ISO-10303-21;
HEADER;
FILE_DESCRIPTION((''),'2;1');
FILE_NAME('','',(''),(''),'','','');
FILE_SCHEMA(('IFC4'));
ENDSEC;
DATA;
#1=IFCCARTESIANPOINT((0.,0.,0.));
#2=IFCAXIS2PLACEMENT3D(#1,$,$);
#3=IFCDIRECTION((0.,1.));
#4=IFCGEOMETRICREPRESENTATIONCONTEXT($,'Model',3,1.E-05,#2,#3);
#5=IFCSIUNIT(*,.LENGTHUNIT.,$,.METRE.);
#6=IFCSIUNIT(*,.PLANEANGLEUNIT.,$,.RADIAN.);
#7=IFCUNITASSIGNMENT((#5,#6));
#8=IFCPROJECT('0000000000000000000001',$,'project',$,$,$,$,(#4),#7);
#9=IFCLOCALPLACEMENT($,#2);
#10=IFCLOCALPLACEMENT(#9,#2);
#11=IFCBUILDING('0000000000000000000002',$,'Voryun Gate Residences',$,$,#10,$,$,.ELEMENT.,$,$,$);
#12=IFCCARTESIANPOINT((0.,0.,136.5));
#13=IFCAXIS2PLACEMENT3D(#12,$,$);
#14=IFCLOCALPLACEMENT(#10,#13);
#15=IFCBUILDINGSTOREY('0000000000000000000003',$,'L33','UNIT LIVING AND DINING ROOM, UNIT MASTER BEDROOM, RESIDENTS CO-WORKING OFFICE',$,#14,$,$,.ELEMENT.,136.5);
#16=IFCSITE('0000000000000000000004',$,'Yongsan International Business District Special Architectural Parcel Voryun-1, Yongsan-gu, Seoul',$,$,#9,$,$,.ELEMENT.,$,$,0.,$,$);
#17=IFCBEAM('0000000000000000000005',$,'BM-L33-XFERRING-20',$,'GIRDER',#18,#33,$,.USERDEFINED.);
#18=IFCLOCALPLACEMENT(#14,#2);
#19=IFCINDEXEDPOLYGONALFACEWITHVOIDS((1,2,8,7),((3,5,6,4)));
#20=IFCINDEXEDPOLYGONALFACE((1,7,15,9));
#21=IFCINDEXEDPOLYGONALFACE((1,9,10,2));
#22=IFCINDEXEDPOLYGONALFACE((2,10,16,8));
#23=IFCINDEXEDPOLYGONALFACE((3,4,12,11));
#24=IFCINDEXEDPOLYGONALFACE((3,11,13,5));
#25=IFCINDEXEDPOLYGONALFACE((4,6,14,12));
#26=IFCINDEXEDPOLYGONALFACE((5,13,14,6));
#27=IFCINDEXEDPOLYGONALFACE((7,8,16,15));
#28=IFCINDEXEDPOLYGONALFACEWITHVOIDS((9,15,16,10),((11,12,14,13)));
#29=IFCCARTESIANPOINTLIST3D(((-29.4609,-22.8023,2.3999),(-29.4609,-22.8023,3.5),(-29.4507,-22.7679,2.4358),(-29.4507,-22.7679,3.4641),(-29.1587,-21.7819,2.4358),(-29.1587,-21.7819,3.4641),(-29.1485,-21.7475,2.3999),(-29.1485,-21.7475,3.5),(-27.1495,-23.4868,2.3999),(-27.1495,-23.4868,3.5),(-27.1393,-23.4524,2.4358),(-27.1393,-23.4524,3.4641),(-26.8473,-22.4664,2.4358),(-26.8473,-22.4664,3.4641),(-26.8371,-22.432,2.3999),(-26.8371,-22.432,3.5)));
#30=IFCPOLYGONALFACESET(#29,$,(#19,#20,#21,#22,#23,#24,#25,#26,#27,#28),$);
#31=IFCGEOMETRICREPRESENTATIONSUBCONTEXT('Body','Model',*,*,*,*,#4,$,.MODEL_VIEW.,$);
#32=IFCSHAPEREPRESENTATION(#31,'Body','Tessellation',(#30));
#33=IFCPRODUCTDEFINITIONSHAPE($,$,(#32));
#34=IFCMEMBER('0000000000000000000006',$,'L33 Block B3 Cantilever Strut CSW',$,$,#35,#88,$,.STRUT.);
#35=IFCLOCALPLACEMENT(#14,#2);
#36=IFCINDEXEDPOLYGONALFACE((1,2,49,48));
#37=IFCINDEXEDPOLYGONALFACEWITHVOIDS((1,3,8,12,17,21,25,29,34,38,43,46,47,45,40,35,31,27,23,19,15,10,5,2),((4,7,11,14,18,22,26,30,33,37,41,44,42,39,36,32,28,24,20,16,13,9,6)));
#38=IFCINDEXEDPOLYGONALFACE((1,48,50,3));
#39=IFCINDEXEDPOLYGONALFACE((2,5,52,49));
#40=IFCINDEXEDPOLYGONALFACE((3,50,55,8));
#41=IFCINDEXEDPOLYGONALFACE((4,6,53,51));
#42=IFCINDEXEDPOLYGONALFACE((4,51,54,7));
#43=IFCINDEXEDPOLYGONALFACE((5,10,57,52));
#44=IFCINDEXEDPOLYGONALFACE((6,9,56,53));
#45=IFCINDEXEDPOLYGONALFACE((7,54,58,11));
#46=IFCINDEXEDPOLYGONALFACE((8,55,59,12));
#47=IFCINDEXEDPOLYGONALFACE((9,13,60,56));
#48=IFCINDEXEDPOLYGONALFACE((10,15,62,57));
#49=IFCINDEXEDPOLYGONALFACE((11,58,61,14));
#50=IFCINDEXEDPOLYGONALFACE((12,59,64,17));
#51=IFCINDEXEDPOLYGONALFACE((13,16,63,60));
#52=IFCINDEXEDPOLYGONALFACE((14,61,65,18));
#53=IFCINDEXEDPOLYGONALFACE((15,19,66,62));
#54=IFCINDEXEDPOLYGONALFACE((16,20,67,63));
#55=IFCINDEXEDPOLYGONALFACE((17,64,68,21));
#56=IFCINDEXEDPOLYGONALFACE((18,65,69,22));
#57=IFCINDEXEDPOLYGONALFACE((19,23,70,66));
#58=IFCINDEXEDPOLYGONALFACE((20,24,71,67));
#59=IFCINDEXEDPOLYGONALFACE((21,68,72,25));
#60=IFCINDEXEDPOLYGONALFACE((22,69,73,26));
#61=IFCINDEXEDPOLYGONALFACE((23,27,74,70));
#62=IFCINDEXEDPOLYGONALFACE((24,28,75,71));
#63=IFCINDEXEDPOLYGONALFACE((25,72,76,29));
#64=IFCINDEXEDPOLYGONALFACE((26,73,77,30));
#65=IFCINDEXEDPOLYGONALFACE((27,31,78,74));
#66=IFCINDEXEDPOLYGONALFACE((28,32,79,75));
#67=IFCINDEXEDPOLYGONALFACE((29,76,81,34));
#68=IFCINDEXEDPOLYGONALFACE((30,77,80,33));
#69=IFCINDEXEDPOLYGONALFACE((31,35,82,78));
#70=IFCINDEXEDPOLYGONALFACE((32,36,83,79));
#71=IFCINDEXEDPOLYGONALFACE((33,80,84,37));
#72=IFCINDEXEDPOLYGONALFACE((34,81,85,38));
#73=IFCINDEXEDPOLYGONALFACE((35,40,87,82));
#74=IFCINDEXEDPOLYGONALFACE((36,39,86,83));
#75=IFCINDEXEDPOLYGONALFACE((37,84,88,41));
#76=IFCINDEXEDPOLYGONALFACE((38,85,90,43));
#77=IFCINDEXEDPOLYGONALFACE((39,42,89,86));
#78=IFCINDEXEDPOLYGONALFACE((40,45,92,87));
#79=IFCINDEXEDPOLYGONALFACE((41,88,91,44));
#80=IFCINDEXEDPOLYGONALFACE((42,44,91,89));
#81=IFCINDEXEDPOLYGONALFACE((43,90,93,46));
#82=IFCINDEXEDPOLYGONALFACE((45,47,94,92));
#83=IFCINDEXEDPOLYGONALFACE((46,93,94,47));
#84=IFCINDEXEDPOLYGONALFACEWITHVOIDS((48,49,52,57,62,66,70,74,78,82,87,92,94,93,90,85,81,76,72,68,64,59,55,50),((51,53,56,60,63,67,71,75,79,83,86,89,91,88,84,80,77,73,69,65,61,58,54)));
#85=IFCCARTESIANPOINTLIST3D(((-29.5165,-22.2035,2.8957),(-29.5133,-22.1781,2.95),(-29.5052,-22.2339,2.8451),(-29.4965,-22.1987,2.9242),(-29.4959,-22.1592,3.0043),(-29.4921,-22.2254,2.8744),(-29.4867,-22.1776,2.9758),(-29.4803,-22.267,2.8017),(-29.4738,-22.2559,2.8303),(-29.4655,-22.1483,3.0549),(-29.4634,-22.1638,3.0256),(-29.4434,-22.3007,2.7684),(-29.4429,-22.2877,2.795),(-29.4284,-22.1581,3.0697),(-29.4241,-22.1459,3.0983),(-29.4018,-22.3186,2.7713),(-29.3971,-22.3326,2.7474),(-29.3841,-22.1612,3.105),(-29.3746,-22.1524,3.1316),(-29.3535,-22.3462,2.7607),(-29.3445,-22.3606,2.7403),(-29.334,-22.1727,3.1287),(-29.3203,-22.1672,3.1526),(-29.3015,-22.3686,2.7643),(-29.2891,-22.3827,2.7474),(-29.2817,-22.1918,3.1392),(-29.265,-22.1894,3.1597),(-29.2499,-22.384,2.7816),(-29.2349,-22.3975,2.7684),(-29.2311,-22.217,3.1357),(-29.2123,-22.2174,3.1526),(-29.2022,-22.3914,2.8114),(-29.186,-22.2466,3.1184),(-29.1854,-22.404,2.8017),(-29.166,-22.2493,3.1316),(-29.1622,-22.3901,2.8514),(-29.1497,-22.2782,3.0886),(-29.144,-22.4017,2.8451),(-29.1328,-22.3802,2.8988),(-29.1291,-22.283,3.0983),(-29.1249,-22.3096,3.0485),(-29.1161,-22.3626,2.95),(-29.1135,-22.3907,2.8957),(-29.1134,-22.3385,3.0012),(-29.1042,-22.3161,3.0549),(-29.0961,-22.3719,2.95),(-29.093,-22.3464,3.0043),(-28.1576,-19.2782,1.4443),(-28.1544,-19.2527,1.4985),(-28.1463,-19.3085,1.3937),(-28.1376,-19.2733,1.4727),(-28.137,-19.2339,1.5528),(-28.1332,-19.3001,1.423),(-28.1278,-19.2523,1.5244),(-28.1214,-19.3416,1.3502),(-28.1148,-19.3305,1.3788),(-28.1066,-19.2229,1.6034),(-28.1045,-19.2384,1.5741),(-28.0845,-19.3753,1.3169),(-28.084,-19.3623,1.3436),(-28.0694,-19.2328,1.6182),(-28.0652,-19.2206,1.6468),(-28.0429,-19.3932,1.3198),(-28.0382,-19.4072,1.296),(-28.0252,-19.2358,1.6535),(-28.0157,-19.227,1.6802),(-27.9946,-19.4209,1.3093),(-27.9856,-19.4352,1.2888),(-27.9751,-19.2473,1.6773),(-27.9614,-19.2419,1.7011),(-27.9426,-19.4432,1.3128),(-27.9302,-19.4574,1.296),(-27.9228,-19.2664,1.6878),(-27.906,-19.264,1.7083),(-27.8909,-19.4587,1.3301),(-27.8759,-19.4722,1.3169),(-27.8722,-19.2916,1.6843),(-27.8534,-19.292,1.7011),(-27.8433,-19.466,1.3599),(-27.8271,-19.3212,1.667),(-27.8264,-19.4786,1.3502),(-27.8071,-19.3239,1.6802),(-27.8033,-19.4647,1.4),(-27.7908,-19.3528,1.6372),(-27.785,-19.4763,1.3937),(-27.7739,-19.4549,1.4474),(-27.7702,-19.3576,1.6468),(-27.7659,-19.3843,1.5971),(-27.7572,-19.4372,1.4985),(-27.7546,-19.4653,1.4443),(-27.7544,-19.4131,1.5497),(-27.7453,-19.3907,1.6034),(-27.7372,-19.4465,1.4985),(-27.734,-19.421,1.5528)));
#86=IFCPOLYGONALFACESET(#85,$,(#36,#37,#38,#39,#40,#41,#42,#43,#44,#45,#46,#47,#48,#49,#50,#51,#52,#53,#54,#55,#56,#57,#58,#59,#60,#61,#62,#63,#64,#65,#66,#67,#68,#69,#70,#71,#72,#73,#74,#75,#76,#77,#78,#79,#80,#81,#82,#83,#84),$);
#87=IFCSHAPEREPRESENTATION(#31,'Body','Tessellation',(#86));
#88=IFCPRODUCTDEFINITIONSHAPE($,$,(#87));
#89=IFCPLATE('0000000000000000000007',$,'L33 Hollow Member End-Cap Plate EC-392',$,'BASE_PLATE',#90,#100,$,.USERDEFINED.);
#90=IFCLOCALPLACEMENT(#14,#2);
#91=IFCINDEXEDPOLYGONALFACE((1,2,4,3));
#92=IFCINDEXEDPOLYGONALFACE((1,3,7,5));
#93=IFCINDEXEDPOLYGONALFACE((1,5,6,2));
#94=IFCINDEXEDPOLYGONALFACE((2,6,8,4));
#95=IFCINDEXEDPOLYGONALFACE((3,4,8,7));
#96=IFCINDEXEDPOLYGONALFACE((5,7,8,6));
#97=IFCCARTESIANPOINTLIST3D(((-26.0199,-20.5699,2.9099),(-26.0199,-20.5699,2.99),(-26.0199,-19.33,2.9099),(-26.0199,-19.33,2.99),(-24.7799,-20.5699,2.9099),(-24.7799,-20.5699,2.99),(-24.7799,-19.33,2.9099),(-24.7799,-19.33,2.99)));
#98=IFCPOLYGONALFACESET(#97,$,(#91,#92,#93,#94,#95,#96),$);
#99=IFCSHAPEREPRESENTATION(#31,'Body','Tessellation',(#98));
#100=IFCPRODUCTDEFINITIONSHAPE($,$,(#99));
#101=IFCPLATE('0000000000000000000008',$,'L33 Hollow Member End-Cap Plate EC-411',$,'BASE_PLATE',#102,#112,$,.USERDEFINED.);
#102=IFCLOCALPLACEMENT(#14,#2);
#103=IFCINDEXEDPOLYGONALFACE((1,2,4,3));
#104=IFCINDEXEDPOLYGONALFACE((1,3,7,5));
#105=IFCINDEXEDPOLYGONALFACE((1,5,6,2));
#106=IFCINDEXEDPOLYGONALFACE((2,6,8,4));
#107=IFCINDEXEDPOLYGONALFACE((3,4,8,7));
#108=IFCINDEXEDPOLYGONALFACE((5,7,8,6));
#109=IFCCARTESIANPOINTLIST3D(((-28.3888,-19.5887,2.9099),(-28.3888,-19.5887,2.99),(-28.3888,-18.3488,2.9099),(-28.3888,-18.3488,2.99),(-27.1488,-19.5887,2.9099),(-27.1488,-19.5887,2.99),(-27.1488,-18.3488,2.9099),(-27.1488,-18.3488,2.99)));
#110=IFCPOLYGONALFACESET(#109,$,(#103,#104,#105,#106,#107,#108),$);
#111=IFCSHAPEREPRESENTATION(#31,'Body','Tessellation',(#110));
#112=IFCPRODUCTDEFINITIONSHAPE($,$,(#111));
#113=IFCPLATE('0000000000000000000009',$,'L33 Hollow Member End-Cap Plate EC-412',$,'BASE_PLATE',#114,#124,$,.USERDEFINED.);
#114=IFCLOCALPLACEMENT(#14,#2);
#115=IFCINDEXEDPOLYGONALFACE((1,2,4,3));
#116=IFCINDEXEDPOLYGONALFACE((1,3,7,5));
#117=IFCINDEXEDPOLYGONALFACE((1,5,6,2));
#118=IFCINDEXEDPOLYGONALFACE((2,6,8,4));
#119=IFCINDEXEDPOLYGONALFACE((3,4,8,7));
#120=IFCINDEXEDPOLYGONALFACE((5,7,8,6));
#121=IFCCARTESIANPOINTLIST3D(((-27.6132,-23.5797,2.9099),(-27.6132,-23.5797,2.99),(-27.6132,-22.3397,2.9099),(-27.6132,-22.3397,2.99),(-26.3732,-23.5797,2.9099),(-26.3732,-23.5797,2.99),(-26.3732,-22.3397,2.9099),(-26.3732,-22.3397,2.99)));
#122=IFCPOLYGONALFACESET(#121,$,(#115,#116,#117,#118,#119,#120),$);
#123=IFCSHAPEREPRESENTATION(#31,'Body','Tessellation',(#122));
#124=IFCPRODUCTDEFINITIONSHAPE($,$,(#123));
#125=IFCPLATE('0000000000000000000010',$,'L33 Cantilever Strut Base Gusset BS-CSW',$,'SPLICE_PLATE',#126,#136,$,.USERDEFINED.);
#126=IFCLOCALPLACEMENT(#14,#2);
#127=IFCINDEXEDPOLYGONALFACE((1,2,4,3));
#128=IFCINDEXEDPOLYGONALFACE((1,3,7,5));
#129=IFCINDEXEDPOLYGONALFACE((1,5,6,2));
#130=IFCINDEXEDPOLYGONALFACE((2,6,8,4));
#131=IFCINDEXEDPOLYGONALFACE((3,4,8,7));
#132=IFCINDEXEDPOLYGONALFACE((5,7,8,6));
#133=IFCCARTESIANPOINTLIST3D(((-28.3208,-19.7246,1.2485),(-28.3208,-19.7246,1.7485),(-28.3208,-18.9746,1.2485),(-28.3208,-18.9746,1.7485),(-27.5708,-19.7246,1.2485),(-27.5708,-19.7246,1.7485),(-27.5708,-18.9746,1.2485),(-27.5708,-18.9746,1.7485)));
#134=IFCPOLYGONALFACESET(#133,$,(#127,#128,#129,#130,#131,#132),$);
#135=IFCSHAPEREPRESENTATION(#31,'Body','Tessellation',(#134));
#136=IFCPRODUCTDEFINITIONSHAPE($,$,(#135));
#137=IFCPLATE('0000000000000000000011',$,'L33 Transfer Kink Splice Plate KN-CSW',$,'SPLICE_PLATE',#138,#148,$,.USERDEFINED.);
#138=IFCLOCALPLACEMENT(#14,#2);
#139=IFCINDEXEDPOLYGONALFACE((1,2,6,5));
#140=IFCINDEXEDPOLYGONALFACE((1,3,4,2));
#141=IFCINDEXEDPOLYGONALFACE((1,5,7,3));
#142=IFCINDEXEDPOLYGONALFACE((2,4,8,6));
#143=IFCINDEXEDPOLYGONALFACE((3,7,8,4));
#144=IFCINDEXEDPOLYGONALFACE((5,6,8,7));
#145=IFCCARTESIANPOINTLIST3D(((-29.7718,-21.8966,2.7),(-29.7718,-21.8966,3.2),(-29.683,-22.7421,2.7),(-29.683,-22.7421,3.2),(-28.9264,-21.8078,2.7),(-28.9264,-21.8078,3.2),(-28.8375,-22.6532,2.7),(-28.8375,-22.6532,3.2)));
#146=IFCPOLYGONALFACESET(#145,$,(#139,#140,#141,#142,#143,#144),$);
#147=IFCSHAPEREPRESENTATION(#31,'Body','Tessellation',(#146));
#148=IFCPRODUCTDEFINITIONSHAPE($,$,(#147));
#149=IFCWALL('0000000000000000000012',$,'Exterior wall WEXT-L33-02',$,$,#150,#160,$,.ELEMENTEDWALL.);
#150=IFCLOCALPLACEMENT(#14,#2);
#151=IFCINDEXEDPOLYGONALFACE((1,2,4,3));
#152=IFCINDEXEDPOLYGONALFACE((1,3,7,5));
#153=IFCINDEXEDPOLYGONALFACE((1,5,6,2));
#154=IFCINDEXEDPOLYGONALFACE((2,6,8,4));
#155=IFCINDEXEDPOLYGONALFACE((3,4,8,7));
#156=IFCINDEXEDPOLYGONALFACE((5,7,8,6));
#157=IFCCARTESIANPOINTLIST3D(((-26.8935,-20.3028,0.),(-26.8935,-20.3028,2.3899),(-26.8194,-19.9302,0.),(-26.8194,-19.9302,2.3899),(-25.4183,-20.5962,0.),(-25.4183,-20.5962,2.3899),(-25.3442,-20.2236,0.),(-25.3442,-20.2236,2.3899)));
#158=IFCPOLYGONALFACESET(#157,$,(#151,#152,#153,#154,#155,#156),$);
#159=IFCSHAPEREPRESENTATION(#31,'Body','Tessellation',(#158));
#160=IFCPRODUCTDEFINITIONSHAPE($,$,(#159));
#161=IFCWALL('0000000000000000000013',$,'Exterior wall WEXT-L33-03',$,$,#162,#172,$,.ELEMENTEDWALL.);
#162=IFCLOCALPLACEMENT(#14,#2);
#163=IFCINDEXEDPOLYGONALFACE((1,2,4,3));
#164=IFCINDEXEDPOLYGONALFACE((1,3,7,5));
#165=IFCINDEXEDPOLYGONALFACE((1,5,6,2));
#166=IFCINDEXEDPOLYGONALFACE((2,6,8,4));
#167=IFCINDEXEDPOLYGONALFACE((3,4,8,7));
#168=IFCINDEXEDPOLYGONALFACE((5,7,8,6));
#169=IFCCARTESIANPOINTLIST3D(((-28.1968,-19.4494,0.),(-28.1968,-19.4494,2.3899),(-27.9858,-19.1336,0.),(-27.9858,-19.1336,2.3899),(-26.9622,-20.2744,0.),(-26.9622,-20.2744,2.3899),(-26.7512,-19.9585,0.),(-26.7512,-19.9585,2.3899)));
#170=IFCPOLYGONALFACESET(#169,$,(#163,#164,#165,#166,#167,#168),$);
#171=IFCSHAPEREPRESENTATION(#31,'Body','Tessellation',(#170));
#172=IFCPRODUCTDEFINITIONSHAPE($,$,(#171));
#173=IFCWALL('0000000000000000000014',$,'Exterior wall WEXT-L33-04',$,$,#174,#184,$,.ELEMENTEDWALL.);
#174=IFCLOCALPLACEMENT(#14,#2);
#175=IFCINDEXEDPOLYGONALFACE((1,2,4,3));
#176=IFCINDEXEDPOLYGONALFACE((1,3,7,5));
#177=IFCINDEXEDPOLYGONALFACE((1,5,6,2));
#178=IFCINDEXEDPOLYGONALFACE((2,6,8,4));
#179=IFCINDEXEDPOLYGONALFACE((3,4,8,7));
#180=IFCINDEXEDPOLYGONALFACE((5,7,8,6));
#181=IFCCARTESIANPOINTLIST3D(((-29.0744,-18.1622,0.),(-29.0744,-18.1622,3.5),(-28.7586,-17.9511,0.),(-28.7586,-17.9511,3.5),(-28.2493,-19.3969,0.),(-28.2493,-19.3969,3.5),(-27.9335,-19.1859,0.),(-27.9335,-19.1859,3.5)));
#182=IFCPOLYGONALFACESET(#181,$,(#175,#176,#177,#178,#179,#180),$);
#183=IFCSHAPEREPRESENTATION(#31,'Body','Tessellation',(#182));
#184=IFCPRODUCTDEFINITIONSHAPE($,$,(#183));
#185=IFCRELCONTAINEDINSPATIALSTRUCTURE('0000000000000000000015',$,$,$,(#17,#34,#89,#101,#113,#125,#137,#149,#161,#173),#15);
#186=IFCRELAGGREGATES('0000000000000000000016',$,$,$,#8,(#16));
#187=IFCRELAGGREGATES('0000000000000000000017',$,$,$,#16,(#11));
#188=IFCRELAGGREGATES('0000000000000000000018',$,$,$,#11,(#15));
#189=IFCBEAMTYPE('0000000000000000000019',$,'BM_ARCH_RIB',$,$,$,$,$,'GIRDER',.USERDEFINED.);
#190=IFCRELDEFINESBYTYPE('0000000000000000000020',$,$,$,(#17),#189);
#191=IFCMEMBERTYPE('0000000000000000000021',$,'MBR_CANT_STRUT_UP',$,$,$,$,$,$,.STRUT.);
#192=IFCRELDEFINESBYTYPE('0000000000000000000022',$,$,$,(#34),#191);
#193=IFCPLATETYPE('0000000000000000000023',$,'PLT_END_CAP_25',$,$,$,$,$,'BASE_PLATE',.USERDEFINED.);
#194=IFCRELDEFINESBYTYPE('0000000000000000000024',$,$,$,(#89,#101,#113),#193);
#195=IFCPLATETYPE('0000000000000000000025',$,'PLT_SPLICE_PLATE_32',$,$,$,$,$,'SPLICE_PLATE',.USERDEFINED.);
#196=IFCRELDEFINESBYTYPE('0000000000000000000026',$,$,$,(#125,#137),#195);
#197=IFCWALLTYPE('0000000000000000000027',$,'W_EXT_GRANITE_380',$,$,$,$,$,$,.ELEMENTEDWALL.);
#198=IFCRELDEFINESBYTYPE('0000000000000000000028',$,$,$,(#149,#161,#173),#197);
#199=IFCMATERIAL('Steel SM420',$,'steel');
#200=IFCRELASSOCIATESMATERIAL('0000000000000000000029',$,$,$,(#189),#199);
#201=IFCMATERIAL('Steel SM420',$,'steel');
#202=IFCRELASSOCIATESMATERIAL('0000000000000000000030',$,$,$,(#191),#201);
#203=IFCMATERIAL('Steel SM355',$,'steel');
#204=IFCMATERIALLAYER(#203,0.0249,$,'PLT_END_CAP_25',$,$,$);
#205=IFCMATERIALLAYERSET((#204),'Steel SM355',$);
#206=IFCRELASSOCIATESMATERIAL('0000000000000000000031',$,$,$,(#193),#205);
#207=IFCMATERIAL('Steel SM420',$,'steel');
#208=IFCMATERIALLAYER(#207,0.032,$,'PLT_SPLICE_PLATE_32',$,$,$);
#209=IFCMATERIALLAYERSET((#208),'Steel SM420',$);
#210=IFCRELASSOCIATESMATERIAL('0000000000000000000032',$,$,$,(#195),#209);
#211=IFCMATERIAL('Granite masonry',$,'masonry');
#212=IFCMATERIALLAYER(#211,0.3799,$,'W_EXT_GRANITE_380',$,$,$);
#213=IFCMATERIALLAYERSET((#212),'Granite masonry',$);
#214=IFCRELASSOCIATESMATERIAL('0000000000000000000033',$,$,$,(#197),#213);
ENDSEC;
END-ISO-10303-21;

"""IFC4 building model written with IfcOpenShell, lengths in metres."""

from ifc_helpers import new_model, si_unit, direction, frame, frame_2d, origin, origin_2d, place, context, subcontext, project, spatial, rectangle, hollow_rectangle, hollow_circle, extrude, material, layer, layer_set, material_profile, profile_set, type_object, element, save


model = new_model("IFC4")

# Units and contexts
model_context = context("Model", 3, precision=1e-05, world=origin(), true_north=direction((0.0, 1.0)))
body_context = subcontext(model_context, "Body", "Model", "MODEL_VIEW")
ifc_project = project(units=[si_unit("LENGTHUNIT", "METRE"), si_unit("PLANEANGLEUNIT", "RADIAN")], contexts=[model_context])

# Site, building, storey
site_placement = place(None, origin())
site = spatial("IfcSite", under=ifc_project, at=site_placement, Name="Yongsan International Business District Special Architectural Parcel Voryun-1, Yongsan-gu, Seoul", CompositionType="ELEMENT", RefElevation=0.0)
building_placement = place(site_placement, origin())
building = spatial("IfcBuilding", under=site, at=building_placement, Name="Voryun Gate Residences", CompositionType="ELEMENT")
storey_placement = place(building_placement, frame((0.0, 0.0, 136.5)))
storey = spatial("IfcBuildingStorey", under=building, at=storey_placement, Name="L33", Description="UNIT LIVING AND DINING ROOM, UNIT MASTER BEDROOM, RESIDENTS CO-WORKING OFFICE", CompositionType="ELEMENT", Elevation=136.5)

# Beam
ifc_material_1 = material(Name="Steel SM420", Category="steel")
ifc_material_profile_1 = material_profile(ifc_material_1, hollow_rectangle(XDim=1.1001, YDim=1.1001, WallThickness=0.0359, at=origin_2d()), Name="BOX-1100x1100x36")
ifc_profile_set_1 = profile_set([ifc_material_profile_1], Name="Steel SM420")
beam_type = type_object("IfcBeamType", Name="BM_ARCH_RIB", ElementType="GIRDER", PredefinedType="USERDEFINED", material=ifc_profile_set_1)
beam_1_placement = place(storey_placement, frame((-29.3047, -22.2749, 2.95), z_axis=(0.958835, -0.283964, 0.0), x_axis=(0.283964, 0.958835, 0.0)))
element("IfcBeam", 1, at=beam_1_placement, inside=storey, type_object=beam_type, Name="BM-L33-XFERRING-20", ObjectType="GIRDER", PredefinedType="USERDEFINED", context=body_context, shape_type="SweptSolid", body=[
    extrude(hollow_rectangle(XDim=1.1001, YDim=1.1001, WallThickness=0.0359, at=origin_2d()), origin(), (0.0, 0.0, 1.0), 2.4106),
])

# Member
ifc_material_2 = material(Name="Steel SM420", Category="steel")
ifc_material_profile_2 = material_profile(ifc_material_2, hollow_circle(Radius=0.23, WallThickness=0.022, at=origin_2d()), Name="CHS-460x22")
ifc_profile_set_2 = profile_set([ifc_material_profile_2], Name="Steel SM420")
member_type = type_object("IfcMemberType", Name="MBR_CANT_STRUT_UP", PredefinedType="STRUT", material=ifc_profile_set_2)
member_placement = place(storey_placement, frame((-27.9458, -19.3496, 1.4985), z_axis=(-0.38419, -0.82705, 0.41035), x_axis=(0.906924, -0.421294, 0.0)))
element("IfcMember", 2, at=member_placement, inside=storey, type_object=member_type, Name="L33 Block B3 Cantilever Strut CSW", PredefinedType="STRUT", context=body_context, shape_type="SweptSolid", body=[
    extrude(hollow_circle(Radius=0.23, WallThickness=0.022, at=origin_2d()), origin(), (0.0, 0.0, 1.0), 3.5371),
])

# Plates
ifc_material_3 = material(Name="Steel SM355", Category="steel")
ifc_layer_1 = layer(ifc_material_3, 0.0249, Name="PLT_END_CAP_25")
ifc_layer_set_1 = layer_set([ifc_layer_1], Name="Steel SM355")
plate_type_1 = type_object("IfcPlateType", Name="PLT_END_CAP_25", ElementType="BASE_PLATE", PredefinedType="USERDEFINED", material=ifc_layer_set_1)
for number, where, z_axis, x_axis, name in (
    (3, (-25.3999, -19.95, 2.9099), (0.0, 0.0, 1.0), (1.0, 0.0, 0.0), "L33 Hollow Member End-Cap Plate EC-392"),
    (4, (-27.7688, -18.9688, 2.9099), (0.0, 0.0, 1.0), (1.0, 0.0, 0.0), "L33 Hollow Member End-Cap Plate EC-411"),
    (5, (-26.9932, -22.9597, 2.9099), (0.0, 0.0, 1.0), (1.0, 0.0, 0.0), "L33 Hollow Member End-Cap Plate EC-412"),
):
    element("IfcPlate", number, at=place(storey_placement, frame(where, z_axis=z_axis, x_axis=x_axis)), inside=storey, type_object=plate_type_1, Name=name, ObjectType="BASE_PLATE", PredefinedType="USERDEFINED", context=body_context, shape_type="SweptSolid", body=[
        extrude(rectangle(XDim=1.24, YDim=1.24, at=origin_2d()), origin(), (0.0, 0.0, 1.0), 0.0801),
    ])
ifc_material_4 = material(Name="Steel SM420", Category="steel")
ifc_layer_2 = layer(ifc_material_4, 0.032, Name="PLT_SPLICE_PLATE_32")
ifc_layer_set_2 = layer_set([ifc_layer_2], Name="Steel SM420")
plate_type_2 = type_object("IfcPlateType", Name="PLT_SPLICE_PLATE_32", ElementType="SPLICE_PLATE", PredefinedType="USERDEFINED", material=ifc_layer_set_2)
plate_1_placement = place(storey_placement, frame((-27.9458, -19.3496, 1.2485), z_axis=(0.0, 0.0, 1.0), x_axis=(1.0, 0.0, 0.0)))
element("IfcPlate", 6, at=plate_1_placement, inside=storey, type_object=plate_type_2, Name="L33 Cantilever Strut Base Gusset BS-CSW", ObjectType="SPLICE_PLATE", PredefinedType="USERDEFINED", context=body_context, shape_type="SweptSolid", body=[
    extrude(rectangle(XDim=0.75, YDim=0.75, at=origin_2d()), origin(), (0.0, 0.0, 1.0), 0.5),
])
plate_2_placement = place(storey_placement, frame((-29.3047, -22.2749, 2.7), z_axis=(0.0, 0.0, 1.0), x_axis=(0.994522, 0.104528, 0.0)))
element("IfcPlate", 7, at=plate_2_placement, inside=storey, type_object=plate_type_2, Name="L33 Transfer Kink Splice Plate KN-CSW", ObjectType="SPLICE_PLATE", PredefinedType="USERDEFINED", context=body_context, shape_type="SweptSolid", body=[
    extrude(rectangle(XDim=0.8501, YDim=0.8501, at=origin_2d()), origin(), (0.0, 0.0, 1.0), 0.5),
])

# Walls
ifc_material_5 = material(Name="Granite masonry", Category="masonry")
ifc_layer_3 = layer(ifc_material_5, 0.3799, Name="W_EXT_GRANITE_380")
ifc_layer_set_3 = layer_set([ifc_layer_3], Name="Granite masonry")
wall_type_1 = type_object("IfcWallType", Name="W_EXT_GRANITE_380", PredefinedType="ELEMENTEDWALL", material=ifc_layer_set_3)
wall_1_placement = place(storey_placement, frame((-25.3813, -20.4099, 0.0), z_axis=(0.0, 0.0, 1.0), x_axis=(-0.980786, 0.195086, 0.0)))
element("IfcWall", 8, at=wall_1_placement, inside=storey, type_object=wall_type_1, Name="Exterior wall WEXT-L33-02", PredefinedType="ELEMENTEDWALL", context=body_context, shape_type="SweptSolid", body=[
    extrude(rectangle(XDim=1.5042, YDim=0.3799, at=frame_2d((0.752, 0.0))), origin(), (0.0, 0.0, 1.0), 2.3899),
])
wall_2_placement = place(storey_placement, frame((-26.8567, -20.1165, 0.0), z_axis=(0.0, 0.0, 1.0), x_axis=(-0.831468, 0.555573, 0.0)))
element("IfcWall", 9, at=wall_2_placement, inside=storey, type_object=wall_type_1, Name="Exterior wall WEXT-L33-03", PredefinedType="ELEMENTEDWALL", context=body_context, shape_type="SweptSolid", body=[
    extrude(rectangle(XDim=1.4849, YDim=0.3799, at=frame_2d((0.7424, 0.0))), origin(), (0.0, 0.0, 1.0), 2.3899),
])
wall_3_placement = place(storey_placement, frame((-28.0913, -19.2915, 0.0), z_axis=(0.0, 0.0, 1.0), x_axis=(-0.55561, 0.831443, 0.0)))
element("IfcWall", 10, at=wall_3_placement, inside=storey, type_object=wall_type_1, Name="Exterior wall WEXT-L33-04", PredefinedType="ELEMENTEDWALL", context=body_context, shape_type="SweptSolid", body=[
    extrude(rectangle(XDim=1.4851, YDim=0.3799, at=frame_2d((0.7427, 0.0))), origin(), (0.0, 0.0, 1.0), 3.5),
])

save(model, "model.ifc")
